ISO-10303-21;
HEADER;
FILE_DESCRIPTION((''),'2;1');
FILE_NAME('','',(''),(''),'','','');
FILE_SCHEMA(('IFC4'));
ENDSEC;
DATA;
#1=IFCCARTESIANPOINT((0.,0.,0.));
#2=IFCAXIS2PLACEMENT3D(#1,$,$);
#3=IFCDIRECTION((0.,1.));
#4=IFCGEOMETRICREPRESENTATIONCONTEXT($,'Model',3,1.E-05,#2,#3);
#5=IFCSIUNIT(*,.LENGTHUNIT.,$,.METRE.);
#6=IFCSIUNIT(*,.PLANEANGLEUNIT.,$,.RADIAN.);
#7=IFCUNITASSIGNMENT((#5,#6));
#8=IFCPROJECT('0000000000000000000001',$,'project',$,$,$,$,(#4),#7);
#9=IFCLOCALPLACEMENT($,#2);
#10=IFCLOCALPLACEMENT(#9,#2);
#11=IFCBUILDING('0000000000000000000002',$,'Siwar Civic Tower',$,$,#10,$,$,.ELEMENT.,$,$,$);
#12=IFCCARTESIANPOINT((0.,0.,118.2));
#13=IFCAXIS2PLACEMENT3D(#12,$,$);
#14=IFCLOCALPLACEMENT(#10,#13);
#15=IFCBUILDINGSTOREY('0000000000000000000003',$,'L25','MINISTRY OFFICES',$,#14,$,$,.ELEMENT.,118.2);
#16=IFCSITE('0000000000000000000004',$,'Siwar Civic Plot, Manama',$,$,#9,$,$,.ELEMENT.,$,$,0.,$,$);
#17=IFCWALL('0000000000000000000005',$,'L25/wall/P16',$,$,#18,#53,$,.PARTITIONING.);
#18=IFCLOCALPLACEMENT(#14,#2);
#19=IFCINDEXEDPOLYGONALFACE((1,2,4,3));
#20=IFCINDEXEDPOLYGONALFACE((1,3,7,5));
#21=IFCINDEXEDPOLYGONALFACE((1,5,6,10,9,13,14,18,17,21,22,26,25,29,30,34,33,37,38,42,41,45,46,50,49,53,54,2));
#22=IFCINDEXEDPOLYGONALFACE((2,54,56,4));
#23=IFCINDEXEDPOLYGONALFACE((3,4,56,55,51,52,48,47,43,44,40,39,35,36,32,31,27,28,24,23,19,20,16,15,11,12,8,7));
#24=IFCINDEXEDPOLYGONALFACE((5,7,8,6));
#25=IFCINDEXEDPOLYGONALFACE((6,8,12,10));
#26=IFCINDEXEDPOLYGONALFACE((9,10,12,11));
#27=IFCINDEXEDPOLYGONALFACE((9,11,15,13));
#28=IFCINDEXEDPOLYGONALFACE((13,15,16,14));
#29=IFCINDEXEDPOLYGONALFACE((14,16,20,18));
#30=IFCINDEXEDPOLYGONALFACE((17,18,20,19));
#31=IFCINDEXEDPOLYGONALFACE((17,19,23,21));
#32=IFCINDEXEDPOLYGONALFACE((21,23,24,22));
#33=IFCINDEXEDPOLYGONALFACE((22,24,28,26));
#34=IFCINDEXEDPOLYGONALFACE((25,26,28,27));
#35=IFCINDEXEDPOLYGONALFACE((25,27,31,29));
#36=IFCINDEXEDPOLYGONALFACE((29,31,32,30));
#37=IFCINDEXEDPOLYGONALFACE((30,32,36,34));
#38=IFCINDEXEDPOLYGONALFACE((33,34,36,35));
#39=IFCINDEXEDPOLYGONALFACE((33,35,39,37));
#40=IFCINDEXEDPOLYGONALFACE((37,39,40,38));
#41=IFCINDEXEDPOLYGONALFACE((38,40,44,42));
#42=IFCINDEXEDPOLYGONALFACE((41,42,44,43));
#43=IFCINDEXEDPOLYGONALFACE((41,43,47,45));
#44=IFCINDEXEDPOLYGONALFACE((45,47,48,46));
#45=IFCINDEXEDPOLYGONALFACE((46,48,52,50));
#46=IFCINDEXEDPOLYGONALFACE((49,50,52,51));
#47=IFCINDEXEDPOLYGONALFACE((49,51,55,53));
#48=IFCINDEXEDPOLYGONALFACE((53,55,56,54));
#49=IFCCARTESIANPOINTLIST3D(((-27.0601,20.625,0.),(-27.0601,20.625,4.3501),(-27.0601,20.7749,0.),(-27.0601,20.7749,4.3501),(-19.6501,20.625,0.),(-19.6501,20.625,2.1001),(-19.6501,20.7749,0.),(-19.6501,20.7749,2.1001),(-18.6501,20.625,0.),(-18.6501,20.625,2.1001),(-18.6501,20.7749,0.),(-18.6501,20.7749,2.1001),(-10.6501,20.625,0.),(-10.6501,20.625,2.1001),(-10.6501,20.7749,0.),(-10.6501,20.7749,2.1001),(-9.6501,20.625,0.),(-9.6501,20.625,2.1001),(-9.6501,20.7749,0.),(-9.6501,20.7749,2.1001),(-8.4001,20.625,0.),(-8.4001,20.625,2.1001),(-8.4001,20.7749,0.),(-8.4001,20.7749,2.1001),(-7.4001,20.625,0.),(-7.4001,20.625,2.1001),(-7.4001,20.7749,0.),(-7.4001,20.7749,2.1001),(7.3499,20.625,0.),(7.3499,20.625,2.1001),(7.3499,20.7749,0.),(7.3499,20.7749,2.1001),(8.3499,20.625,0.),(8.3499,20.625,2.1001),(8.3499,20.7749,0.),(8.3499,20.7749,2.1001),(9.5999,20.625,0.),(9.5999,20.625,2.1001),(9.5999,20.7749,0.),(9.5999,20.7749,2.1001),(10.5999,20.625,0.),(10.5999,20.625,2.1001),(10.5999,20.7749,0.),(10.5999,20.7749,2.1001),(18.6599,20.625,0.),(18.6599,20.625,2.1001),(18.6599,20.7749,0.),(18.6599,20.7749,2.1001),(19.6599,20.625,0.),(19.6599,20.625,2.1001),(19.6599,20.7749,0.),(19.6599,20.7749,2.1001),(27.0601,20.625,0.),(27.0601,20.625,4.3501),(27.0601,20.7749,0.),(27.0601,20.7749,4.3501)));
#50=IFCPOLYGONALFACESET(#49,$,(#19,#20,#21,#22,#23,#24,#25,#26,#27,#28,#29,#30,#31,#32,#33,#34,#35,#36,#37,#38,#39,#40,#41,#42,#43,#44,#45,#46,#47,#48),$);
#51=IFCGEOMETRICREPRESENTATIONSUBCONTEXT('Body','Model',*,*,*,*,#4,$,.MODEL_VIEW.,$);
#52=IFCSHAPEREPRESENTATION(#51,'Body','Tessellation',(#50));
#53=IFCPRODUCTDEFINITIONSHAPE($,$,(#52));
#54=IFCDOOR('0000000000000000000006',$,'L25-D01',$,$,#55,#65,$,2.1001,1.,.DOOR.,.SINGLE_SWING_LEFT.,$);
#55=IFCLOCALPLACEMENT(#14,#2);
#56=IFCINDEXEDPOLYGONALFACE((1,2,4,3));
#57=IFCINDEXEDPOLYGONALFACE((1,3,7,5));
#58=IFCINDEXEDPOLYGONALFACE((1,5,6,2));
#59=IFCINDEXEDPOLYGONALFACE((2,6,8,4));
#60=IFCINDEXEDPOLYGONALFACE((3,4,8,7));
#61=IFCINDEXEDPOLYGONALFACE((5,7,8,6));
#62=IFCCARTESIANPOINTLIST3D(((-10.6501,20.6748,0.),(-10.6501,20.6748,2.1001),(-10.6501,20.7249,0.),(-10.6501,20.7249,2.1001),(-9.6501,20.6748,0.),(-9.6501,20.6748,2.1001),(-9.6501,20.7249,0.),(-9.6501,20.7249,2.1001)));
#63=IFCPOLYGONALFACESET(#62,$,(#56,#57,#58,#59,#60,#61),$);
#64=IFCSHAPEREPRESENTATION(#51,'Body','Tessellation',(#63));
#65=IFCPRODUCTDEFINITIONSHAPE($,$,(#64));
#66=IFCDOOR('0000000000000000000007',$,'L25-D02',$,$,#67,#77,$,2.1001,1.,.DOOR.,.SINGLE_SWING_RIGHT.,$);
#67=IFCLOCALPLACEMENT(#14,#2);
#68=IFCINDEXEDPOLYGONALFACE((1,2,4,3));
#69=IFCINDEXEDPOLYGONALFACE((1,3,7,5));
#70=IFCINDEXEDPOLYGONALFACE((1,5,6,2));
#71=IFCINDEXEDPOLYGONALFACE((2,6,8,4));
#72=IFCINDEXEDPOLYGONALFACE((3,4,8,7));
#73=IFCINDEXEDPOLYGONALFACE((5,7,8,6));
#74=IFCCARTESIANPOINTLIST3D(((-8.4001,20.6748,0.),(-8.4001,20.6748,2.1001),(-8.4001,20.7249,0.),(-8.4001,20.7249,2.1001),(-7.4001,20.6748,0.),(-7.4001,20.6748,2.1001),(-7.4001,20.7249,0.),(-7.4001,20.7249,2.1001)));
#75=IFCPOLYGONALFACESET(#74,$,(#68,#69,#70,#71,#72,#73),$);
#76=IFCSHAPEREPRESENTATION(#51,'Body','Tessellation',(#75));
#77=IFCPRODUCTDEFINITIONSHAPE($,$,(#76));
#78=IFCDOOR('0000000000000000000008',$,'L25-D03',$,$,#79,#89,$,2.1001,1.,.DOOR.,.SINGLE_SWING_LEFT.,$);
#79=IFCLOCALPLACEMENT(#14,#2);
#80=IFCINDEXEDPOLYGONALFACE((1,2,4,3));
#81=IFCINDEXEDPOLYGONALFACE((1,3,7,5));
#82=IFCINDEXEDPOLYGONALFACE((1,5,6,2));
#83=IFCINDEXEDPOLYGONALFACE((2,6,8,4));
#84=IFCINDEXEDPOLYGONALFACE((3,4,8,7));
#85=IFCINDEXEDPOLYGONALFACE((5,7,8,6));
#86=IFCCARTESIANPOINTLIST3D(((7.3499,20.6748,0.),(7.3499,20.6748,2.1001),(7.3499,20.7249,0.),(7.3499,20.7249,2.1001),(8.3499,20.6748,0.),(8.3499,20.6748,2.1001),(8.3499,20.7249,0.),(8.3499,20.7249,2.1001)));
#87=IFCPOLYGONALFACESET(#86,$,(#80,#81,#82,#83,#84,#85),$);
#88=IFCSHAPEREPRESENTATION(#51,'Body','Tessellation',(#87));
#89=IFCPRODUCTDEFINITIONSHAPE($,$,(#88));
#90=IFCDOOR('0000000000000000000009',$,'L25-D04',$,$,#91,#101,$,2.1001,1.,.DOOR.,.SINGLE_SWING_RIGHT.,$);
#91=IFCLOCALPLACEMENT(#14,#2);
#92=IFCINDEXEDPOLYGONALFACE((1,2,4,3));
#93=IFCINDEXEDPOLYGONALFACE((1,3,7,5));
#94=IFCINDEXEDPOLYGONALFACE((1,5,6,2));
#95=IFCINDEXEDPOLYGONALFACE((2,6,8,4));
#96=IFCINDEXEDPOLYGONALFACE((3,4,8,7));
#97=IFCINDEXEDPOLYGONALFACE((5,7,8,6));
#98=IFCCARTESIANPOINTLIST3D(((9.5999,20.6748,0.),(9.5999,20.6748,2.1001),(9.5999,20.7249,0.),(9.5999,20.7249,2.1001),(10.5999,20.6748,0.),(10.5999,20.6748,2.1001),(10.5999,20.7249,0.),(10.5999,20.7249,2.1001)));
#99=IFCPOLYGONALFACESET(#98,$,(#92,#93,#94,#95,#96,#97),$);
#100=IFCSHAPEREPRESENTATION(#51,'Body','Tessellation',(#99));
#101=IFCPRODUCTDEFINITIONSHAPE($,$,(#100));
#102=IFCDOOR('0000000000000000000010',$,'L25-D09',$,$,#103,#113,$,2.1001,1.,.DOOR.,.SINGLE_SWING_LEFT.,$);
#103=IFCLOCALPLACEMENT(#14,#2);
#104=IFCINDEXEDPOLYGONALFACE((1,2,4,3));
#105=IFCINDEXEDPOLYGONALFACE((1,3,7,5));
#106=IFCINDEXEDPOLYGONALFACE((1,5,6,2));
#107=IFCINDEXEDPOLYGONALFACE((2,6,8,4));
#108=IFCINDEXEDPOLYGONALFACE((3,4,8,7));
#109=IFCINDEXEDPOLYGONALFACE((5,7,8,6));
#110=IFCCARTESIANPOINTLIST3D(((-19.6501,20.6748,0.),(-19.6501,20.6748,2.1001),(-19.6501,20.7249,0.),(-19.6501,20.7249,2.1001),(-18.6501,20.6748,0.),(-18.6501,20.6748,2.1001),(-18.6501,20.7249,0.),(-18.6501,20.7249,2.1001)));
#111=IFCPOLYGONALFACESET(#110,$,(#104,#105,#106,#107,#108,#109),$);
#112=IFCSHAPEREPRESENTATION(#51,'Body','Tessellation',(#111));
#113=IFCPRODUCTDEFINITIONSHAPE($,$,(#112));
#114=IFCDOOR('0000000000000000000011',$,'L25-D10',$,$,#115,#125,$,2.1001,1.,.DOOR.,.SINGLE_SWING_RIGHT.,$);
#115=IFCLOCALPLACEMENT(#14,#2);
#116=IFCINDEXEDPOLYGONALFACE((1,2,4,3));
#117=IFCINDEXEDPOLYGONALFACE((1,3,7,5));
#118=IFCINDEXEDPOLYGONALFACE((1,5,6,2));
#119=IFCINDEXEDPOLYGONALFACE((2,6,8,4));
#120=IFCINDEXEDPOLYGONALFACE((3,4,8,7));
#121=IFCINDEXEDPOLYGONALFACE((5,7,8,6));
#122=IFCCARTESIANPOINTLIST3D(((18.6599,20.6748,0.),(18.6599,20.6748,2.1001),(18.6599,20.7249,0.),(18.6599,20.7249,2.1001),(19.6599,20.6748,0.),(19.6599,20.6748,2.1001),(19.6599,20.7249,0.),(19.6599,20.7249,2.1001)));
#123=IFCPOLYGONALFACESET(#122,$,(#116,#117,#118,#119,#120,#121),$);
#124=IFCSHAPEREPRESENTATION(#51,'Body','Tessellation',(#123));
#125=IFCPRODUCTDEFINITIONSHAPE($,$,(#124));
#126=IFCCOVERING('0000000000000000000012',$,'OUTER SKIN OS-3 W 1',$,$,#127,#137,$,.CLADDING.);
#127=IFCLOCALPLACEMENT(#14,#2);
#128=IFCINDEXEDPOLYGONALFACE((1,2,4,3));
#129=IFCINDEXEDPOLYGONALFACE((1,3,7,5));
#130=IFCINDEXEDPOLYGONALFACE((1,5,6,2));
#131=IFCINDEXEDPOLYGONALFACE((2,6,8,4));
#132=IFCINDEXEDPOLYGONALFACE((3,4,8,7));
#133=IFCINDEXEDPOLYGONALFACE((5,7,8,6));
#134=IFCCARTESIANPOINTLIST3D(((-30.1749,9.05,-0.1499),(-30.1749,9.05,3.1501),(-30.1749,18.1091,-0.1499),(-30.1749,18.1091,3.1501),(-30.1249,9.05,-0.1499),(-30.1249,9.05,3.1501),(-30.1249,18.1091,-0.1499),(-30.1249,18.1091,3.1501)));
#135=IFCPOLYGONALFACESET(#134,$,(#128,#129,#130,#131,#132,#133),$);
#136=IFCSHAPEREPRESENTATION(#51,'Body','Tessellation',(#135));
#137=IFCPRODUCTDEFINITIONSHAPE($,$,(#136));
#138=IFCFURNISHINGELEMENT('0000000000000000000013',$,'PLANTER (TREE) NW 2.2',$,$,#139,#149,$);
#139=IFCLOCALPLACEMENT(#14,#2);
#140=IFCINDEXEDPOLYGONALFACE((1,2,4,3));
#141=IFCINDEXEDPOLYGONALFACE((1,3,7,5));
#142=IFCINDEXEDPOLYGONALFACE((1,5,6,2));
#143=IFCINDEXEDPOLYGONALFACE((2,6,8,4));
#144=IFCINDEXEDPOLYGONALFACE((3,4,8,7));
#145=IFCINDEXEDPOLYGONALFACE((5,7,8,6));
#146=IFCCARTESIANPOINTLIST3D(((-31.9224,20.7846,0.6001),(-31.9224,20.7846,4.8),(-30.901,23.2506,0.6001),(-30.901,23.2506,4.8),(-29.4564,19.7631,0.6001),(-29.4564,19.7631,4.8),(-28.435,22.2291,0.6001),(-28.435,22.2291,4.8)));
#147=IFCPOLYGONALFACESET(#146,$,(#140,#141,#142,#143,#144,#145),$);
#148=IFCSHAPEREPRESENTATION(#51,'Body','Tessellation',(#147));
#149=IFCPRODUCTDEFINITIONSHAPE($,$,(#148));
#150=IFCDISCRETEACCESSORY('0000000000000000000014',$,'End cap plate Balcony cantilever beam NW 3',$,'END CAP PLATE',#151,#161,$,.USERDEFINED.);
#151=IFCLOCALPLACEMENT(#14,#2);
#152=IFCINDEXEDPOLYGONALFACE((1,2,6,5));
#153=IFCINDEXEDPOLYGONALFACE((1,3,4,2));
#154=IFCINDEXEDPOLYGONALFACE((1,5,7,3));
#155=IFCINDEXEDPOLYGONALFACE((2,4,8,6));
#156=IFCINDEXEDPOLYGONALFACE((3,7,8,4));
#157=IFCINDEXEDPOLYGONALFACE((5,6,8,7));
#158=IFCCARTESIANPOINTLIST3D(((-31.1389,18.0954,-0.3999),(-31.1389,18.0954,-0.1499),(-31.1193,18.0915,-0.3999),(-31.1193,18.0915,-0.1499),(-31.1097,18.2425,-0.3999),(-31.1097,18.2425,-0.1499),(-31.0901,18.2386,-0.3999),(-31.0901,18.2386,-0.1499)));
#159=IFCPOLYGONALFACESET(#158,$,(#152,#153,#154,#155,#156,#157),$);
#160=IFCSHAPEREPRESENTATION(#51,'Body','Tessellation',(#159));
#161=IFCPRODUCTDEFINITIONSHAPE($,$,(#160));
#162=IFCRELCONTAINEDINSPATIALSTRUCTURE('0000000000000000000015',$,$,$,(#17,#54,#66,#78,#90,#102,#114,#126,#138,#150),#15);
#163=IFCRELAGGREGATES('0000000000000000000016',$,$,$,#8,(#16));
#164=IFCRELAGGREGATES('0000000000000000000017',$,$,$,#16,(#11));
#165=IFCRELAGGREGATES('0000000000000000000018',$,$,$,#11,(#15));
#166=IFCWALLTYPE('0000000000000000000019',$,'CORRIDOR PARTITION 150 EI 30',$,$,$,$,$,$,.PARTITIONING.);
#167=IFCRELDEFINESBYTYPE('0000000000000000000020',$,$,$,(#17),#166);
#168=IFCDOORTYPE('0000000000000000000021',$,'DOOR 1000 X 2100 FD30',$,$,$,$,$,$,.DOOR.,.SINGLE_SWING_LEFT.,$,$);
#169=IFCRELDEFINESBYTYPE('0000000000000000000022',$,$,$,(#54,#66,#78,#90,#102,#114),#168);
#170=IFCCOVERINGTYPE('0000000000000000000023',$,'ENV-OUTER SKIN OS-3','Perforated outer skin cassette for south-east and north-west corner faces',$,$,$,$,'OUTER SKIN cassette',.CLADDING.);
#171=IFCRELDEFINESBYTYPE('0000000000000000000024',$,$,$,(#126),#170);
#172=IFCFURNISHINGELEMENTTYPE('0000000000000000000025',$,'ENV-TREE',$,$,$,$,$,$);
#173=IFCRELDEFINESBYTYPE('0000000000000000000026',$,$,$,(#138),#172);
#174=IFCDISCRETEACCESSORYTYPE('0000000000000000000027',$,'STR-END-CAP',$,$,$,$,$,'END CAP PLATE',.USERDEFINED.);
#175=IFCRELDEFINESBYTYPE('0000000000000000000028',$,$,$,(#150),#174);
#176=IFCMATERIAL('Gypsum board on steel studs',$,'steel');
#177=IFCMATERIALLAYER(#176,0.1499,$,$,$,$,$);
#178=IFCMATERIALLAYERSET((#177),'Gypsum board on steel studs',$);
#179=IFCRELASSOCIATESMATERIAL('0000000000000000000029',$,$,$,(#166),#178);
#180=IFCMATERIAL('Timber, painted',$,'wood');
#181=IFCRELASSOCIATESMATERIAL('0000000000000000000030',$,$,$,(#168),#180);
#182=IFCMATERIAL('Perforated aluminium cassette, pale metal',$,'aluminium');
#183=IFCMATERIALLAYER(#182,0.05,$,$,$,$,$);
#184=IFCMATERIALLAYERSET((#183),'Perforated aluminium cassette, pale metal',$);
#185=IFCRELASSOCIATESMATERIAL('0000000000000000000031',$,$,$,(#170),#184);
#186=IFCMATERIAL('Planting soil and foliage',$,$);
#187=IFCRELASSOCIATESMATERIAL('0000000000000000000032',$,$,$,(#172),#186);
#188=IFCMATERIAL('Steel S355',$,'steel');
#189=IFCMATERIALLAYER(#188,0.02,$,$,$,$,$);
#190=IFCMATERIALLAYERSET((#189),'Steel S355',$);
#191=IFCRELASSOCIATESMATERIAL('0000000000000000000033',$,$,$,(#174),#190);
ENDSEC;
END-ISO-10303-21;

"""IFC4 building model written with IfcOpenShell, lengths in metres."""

from ifc_helpers import new_model, si_unit, direction, frame, frame_2d, origin, origin_2d, place, context, subcontext, project, spatial, rectangle, extrude, material, layer, layer_set, type_object, element, fill, save


model = new_model("IFC4")

# Units and contexts
model_context = context("Model", 3, precision=1e-05, world=origin(), true_north=direction((0.0, 1.0)))
body_context = subcontext(model_context, "Body", "Model", "MODEL_VIEW")
ifc_project = project(units=[si_unit("LENGTHUNIT", "METRE"), si_unit("PLANEANGLEUNIT", "RADIAN")], contexts=[model_context])

# Site, building, storey
site_placement = place(None, origin())
site = spatial("IfcSite", under=ifc_project, at=site_placement, Name="Siwar Civic Plot, Manama", CompositionType="ELEMENT", RefElevation=0.0)
building_placement = place(site_placement, origin())
building = spatial("IfcBuilding", under=site, at=building_placement, Name="Siwar Civic Tower", CompositionType="ELEMENT")
storey_placement = place(building_placement, frame((0.0, 0.0, 118.2)))
storey = spatial("IfcBuildingStorey", under=building, at=storey_placement, Name="L25", Description="MINISTRY OFFICES", CompositionType="ELEMENT", Elevation=118.2)

# Shared definitions
ifc_material_1 = material(Name="Gypsum board on steel studs", Category="steel")
ifc_layer_1 = layer(ifc_material_1, 0.1499)
ifc_layer_set_1 = layer_set([ifc_layer_1], Name="Gypsum board on steel studs")
wall_type = type_object("IfcWallType", Name="CORRIDOR PARTITION 150 EI 30", PredefinedType="PARTITIONING", material=ifc_layer_set_1)

# Wall, openings, doors
ifc_material_2 = material(Name="Timber, painted", Category="wood")
door_type = type_object("IfcDoorType", Name="DOOR 1000 X 2100 FD30", OperationType="SINGLE_SWING_LEFT", PredefinedType="DOOR", material=ifc_material_2)
wall_1_placement = place(storey_placement, frame((-27.0601, 20.7, 0.0), z_axis=(0.0, 0.0, 1.0), x_axis=(1.0, 0.0, 0.0)))
wall_1 = element("IfcWall", 1, at=wall_1_placement, inside=storey, type_object=wall_type, Name="L25/wall/P16", PredefinedType="PARTITIONING", context=body_context, shape_type="SweptSolid", body=[
    extrude(rectangle(XDim=54.1201, YDim=0.1499, at=frame_2d((27.0601, 0.0))), origin(), (0.0, 0.0, 1.0), 4.3501),
])
opening_1_placement = place(wall_1_placement, frame((16.4099, 0.0, 0.0)))
opening_1 = element("IfcOpeningElement", 2, at=opening_1_placement, cuts=wall_1, PredefinedType="OPENING", context=body_context, shape_type="SweptSolid", body=[
    extrude(rectangle(XDim=1.0, YDim=2.1001, at=frame_2d((0.5, 1.05))), frame((0.0, 0.085, 0.0), z_axis=(0.0, -1.0, 0.0), x_axis=(1.0, 0.0, 0.0)), (0.0, 0.0, 1.0), 0.1699),
])
opening_2_placement = place(wall_1_placement, frame((18.6599, 0.0, 0.0)))
opening_2 = element("IfcOpeningElement", 3, at=opening_2_placement, cuts=wall_1, PredefinedType="OPENING", context=body_context, shape_type="SweptSolid", body=[
    extrude(rectangle(XDim=1.0, YDim=2.1001, at=frame_2d((0.5, 1.05))), frame((0.0, 0.085, 0.0), z_axis=(0.0, -1.0, 0.0), x_axis=(1.0, 0.0, 0.0)), (0.0, 0.0, 1.0), 0.1699),
])
opening_3_placement = place(wall_1_placement, frame((34.4099, 0.0, 0.0)))
opening_3 = element("IfcOpeningElement", 4, at=opening_3_placement, cuts=wall_1, PredefinedType="OPENING", context=body_context, shape_type="SweptSolid", body=[
    extrude(rectangle(XDim=1.0, YDim=2.1001, at=frame_2d((0.5, 1.05))), frame((0.0, 0.085, 0.0), z_axis=(0.0, -1.0, 0.0), x_axis=(1.0, 0.0, 0.0)), (0.0, 0.0, 1.0), 0.1699),
])
opening_4_placement = place(wall_1_placement, frame((36.6599, 0.0, 0.0)))
opening_4 = element("IfcOpeningElement", 5, at=opening_4_placement, cuts=wall_1, PredefinedType="OPENING", context=body_context, shape_type="SweptSolid", body=[
    extrude(rectangle(XDim=1.0, YDim=2.1001, at=frame_2d((0.5, 1.05))), frame((0.0, 0.085, 0.0), z_axis=(0.0, -1.0, 0.0), x_axis=(1.0, 0.0, 0.0)), (0.0, 0.0, 1.0), 0.1699),
])
opening_5_placement = place(wall_1_placement, frame((7.4099, 0.0, 0.0)))
opening_5 = element("IfcOpeningElement", 6, at=opening_5_placement, cuts=wall_1, PredefinedType="OPENING", context=body_context, shape_type="SweptSolid", body=[
    extrude(rectangle(XDim=1.0, YDim=2.1001, at=frame_2d((0.5, 1.05))), frame((0.0, 0.085, 0.0), z_axis=(0.0, -1.0, 0.0), x_axis=(1.0, 0.0, 0.0)), (0.0, 0.0, 1.0), 0.1699),
])
opening_6_placement = place(wall_1_placement, frame((45.72, 0.0, 0.0)))
opening_6 = element("IfcOpeningElement", 7, at=opening_6_placement, cuts=wall_1, PredefinedType="OPENING", context=body_context, shape_type="SweptSolid", body=[
    extrude(rectangle(XDim=1.0, YDim=2.1001, at=frame_2d((0.5, 1.05))), frame((0.0, 0.085, 0.0), z_axis=(0.0, -1.0, 0.0), x_axis=(1.0, 0.0, 0.0)), (0.0, 0.0, 1.0), 0.1699),
])
door_1_placement = place(opening_1_placement, origin())
door_1 = element("IfcDoor", 8, at=door_1_placement, inside=storey, type_object=door_type, Name="L25-D01", OperationType="SINGLE_SWING_LEFT", OverallHeight=2.1001, OverallWidth=1.0, PredefinedType="DOOR", context=body_context, shape_type="SweptSolid", body=[
    extrude(rectangle(XDim=1.0, YDim=2.1001, at=frame_2d((0.5, 1.05))), frame((0.0, 0.0249, 0.0), z_axis=(0.0, -1.0, 0.0), x_axis=(1.0, 0.0, 0.0)), (0.0, 0.0, 1.0), 0.05),
])
fill(opening_1, door_1)
door_2_placement = place(opening_2_placement, origin())
door_2 = element("IfcDoor", 9, at=door_2_placement, inside=storey, type_object=door_type, Name="L25-D02", OperationType="SINGLE_SWING_RIGHT", OverallHeight=2.1001, OverallWidth=1.0, PredefinedType="DOOR", context=body_context, shape_type="SweptSolid", body=[
    extrude(rectangle(XDim=1.0, YDim=2.1001, at=frame_2d((0.5, 1.05))), frame((0.0, 0.0249, 0.0), z_axis=(0.0, -1.0, 0.0), x_axis=(1.0, 0.0, 0.0)), (0.0, 0.0, 1.0), 0.05),
])
fill(opening_2, door_2)
door_3_placement = place(opening_3_placement, origin())
door_3 = element("IfcDoor", 10, at=door_3_placement, inside=storey, type_object=door_type, Name="L25-D03", OperationType="SINGLE_SWING_LEFT", OverallHeight=2.1001, OverallWidth=1.0, PredefinedType="DOOR", context=body_context, shape_type="SweptSolid", body=[
    extrude(rectangle(XDim=1.0, YDim=2.1001, at=frame_2d((0.5, 1.05))), frame((0.0, 0.0249, 0.0), z_axis=(0.0, -1.0, 0.0), x_axis=(1.0, 0.0, 0.0)), (0.0, 0.0, 1.0), 0.05),
])
fill(opening_3, door_3)
door_4_placement = place(opening_4_placement, origin())
door_4 = element("IfcDoor", 11, at=door_4_placement, inside=storey, type_object=door_type, Name="L25-D04", OperationType="SINGLE_SWING_RIGHT", OverallHeight=2.1001, OverallWidth=1.0, PredefinedType="DOOR", context=body_context, shape_type="SweptSolid", body=[
    extrude(rectangle(XDim=1.0, YDim=2.1001, at=frame_2d((0.5, 1.05))), frame((0.0, 0.0249, 0.0), z_axis=(0.0, -1.0, 0.0), x_axis=(1.0, 0.0, 0.0)), (0.0, 0.0, 1.0), 0.05),
])
fill(opening_4, door_4)
door_5_placement = place(opening_5_placement, origin())
door_5 = element("IfcDoor", 12, at=door_5_placement, inside=storey, type_object=door_type, Name="L25-D09", OperationType="SINGLE_SWING_LEFT", OverallHeight=2.1001, OverallWidth=1.0, PredefinedType="DOOR", context=body_context, shape_type="SweptSolid", body=[
    extrude(rectangle(XDim=1.0, YDim=2.1001, at=frame_2d((0.5, 1.05))), frame((0.0, 0.0249, 0.0), z_axis=(0.0, -1.0, 0.0), x_axis=(1.0, 0.0, 0.0)), (0.0, 0.0, 1.0), 0.05),
])
fill(opening_5, door_5)
door_6_placement = place(opening_6_placement, origin())
door_6 = element("IfcDoor", 13, at=door_6_placement, inside=storey, type_object=door_type, Name="L25-D10", OperationType="SINGLE_SWING_RIGHT", OverallHeight=2.1001, OverallWidth=1.0, PredefinedType="DOOR", context=body_context, shape_type="SweptSolid", body=[
    extrude(rectangle(XDim=1.0, YDim=2.1001, at=frame_2d((0.5, 1.05))), frame((0.0, 0.0249, 0.0), z_axis=(0.0, -1.0, 0.0), x_axis=(1.0, 0.0, 0.0)), (0.0, 0.0, 1.0), 0.05),
])
fill(opening_6, door_6)

# Covering
ifc_material_3 = material(Name="Perforated aluminium cassette, pale metal", Category="aluminium")
ifc_layer_2 = layer(ifc_material_3, 0.05)
ifc_layer_set_2 = layer_set([ifc_layer_2], Name="Perforated aluminium cassette, pale metal")
covering_type = type_object("IfcCoveringType", Name="ENV-OUTER SKIN OS-3", Description="Perforated outer skin cassette for south-east and north-west corner faces", ElementType="OUTER SKIN cassette", PredefinedType="CLADDING", material=ifc_layer_set_2)
covering_placement = place(storey_placement, frame((-30.1499, 13.5796, -0.1499), z_axis=(0.0, 0.0, 1.0), x_axis=(0.0, -1.0, 0.0)))
element("IfcCovering", 14, at=covering_placement, inside=storey, type_object=covering_type, Name="OUTER SKIN OS-3 W 1", PredefinedType="CLADDING", context=body_context, shape_type="SweptSolid", body=[
    extrude(rectangle(XDim=9.0591, YDim=0.05, at=origin_2d()), origin(), (0.0, 0.0, 1.0), 3.3),
])

# Furnishing element
ifc_material_4 = material(Name="Planting soil and foliage")
furnishing_element_type = type_object("IfcFurnishingElementType", Name="ENV-TREE", material=ifc_material_4)
furnishing_placement = place(storey_placement, frame((-30.1787, 21.5068, 0.6001), z_axis=(0.0, 0.0, 1.0), x_axis=(-0.382683, -0.92388, 0.0)))
element("IfcFurnishingElement", 15, at=furnishing_placement, inside=storey, type_object=furnishing_element_type, Name="PLANTER (TREE) NW 2.2", context=body_context, shape_type="SweptSolid", body=[
    extrude(rectangle(XDim=2.6692, YDim=2.6692, at=origin_2d()), origin(), (0.0, 0.0, 1.0), 4.2),
])

# Discrete accessory
ifc_material_5 = material(Name="Steel S355", Category="steel")
ifc_layer_3 = layer(ifc_material_5, 0.02)
ifc_layer_set_3 = layer_set([ifc_layer_3], Name="Steel S355")
discrete_accessory_type = type_object("IfcDiscreteAccessoryType", Name="STR-END-CAP", ElementType="END CAP PLATE", PredefinedType="USERDEFINED", material=ifc_layer_set_3)
discrete_accessory_placement = place(storey_placement, frame((-31.1145, 18.167, -0.3999), z_axis=(0.0, 0.0, 1.0), x_axis=(-0.980785, 0.19509, 0.0)))
element("IfcDiscreteAccessory", 16, at=discrete_accessory_placement, inside=storey, type_object=discrete_accessory_type, Name="End cap plate Balcony cantilever beam NW 3", ObjectType="END CAP PLATE", PredefinedType="USERDEFINED", context=body_context, shape_type="SweptSolid", body=[
    extrude(rectangle(XDim=0.02, YDim=0.1499, at=origin_2d()), origin(), (0.0, 0.0, 1.0), 0.25),
])

save(model, "model.ifc")
